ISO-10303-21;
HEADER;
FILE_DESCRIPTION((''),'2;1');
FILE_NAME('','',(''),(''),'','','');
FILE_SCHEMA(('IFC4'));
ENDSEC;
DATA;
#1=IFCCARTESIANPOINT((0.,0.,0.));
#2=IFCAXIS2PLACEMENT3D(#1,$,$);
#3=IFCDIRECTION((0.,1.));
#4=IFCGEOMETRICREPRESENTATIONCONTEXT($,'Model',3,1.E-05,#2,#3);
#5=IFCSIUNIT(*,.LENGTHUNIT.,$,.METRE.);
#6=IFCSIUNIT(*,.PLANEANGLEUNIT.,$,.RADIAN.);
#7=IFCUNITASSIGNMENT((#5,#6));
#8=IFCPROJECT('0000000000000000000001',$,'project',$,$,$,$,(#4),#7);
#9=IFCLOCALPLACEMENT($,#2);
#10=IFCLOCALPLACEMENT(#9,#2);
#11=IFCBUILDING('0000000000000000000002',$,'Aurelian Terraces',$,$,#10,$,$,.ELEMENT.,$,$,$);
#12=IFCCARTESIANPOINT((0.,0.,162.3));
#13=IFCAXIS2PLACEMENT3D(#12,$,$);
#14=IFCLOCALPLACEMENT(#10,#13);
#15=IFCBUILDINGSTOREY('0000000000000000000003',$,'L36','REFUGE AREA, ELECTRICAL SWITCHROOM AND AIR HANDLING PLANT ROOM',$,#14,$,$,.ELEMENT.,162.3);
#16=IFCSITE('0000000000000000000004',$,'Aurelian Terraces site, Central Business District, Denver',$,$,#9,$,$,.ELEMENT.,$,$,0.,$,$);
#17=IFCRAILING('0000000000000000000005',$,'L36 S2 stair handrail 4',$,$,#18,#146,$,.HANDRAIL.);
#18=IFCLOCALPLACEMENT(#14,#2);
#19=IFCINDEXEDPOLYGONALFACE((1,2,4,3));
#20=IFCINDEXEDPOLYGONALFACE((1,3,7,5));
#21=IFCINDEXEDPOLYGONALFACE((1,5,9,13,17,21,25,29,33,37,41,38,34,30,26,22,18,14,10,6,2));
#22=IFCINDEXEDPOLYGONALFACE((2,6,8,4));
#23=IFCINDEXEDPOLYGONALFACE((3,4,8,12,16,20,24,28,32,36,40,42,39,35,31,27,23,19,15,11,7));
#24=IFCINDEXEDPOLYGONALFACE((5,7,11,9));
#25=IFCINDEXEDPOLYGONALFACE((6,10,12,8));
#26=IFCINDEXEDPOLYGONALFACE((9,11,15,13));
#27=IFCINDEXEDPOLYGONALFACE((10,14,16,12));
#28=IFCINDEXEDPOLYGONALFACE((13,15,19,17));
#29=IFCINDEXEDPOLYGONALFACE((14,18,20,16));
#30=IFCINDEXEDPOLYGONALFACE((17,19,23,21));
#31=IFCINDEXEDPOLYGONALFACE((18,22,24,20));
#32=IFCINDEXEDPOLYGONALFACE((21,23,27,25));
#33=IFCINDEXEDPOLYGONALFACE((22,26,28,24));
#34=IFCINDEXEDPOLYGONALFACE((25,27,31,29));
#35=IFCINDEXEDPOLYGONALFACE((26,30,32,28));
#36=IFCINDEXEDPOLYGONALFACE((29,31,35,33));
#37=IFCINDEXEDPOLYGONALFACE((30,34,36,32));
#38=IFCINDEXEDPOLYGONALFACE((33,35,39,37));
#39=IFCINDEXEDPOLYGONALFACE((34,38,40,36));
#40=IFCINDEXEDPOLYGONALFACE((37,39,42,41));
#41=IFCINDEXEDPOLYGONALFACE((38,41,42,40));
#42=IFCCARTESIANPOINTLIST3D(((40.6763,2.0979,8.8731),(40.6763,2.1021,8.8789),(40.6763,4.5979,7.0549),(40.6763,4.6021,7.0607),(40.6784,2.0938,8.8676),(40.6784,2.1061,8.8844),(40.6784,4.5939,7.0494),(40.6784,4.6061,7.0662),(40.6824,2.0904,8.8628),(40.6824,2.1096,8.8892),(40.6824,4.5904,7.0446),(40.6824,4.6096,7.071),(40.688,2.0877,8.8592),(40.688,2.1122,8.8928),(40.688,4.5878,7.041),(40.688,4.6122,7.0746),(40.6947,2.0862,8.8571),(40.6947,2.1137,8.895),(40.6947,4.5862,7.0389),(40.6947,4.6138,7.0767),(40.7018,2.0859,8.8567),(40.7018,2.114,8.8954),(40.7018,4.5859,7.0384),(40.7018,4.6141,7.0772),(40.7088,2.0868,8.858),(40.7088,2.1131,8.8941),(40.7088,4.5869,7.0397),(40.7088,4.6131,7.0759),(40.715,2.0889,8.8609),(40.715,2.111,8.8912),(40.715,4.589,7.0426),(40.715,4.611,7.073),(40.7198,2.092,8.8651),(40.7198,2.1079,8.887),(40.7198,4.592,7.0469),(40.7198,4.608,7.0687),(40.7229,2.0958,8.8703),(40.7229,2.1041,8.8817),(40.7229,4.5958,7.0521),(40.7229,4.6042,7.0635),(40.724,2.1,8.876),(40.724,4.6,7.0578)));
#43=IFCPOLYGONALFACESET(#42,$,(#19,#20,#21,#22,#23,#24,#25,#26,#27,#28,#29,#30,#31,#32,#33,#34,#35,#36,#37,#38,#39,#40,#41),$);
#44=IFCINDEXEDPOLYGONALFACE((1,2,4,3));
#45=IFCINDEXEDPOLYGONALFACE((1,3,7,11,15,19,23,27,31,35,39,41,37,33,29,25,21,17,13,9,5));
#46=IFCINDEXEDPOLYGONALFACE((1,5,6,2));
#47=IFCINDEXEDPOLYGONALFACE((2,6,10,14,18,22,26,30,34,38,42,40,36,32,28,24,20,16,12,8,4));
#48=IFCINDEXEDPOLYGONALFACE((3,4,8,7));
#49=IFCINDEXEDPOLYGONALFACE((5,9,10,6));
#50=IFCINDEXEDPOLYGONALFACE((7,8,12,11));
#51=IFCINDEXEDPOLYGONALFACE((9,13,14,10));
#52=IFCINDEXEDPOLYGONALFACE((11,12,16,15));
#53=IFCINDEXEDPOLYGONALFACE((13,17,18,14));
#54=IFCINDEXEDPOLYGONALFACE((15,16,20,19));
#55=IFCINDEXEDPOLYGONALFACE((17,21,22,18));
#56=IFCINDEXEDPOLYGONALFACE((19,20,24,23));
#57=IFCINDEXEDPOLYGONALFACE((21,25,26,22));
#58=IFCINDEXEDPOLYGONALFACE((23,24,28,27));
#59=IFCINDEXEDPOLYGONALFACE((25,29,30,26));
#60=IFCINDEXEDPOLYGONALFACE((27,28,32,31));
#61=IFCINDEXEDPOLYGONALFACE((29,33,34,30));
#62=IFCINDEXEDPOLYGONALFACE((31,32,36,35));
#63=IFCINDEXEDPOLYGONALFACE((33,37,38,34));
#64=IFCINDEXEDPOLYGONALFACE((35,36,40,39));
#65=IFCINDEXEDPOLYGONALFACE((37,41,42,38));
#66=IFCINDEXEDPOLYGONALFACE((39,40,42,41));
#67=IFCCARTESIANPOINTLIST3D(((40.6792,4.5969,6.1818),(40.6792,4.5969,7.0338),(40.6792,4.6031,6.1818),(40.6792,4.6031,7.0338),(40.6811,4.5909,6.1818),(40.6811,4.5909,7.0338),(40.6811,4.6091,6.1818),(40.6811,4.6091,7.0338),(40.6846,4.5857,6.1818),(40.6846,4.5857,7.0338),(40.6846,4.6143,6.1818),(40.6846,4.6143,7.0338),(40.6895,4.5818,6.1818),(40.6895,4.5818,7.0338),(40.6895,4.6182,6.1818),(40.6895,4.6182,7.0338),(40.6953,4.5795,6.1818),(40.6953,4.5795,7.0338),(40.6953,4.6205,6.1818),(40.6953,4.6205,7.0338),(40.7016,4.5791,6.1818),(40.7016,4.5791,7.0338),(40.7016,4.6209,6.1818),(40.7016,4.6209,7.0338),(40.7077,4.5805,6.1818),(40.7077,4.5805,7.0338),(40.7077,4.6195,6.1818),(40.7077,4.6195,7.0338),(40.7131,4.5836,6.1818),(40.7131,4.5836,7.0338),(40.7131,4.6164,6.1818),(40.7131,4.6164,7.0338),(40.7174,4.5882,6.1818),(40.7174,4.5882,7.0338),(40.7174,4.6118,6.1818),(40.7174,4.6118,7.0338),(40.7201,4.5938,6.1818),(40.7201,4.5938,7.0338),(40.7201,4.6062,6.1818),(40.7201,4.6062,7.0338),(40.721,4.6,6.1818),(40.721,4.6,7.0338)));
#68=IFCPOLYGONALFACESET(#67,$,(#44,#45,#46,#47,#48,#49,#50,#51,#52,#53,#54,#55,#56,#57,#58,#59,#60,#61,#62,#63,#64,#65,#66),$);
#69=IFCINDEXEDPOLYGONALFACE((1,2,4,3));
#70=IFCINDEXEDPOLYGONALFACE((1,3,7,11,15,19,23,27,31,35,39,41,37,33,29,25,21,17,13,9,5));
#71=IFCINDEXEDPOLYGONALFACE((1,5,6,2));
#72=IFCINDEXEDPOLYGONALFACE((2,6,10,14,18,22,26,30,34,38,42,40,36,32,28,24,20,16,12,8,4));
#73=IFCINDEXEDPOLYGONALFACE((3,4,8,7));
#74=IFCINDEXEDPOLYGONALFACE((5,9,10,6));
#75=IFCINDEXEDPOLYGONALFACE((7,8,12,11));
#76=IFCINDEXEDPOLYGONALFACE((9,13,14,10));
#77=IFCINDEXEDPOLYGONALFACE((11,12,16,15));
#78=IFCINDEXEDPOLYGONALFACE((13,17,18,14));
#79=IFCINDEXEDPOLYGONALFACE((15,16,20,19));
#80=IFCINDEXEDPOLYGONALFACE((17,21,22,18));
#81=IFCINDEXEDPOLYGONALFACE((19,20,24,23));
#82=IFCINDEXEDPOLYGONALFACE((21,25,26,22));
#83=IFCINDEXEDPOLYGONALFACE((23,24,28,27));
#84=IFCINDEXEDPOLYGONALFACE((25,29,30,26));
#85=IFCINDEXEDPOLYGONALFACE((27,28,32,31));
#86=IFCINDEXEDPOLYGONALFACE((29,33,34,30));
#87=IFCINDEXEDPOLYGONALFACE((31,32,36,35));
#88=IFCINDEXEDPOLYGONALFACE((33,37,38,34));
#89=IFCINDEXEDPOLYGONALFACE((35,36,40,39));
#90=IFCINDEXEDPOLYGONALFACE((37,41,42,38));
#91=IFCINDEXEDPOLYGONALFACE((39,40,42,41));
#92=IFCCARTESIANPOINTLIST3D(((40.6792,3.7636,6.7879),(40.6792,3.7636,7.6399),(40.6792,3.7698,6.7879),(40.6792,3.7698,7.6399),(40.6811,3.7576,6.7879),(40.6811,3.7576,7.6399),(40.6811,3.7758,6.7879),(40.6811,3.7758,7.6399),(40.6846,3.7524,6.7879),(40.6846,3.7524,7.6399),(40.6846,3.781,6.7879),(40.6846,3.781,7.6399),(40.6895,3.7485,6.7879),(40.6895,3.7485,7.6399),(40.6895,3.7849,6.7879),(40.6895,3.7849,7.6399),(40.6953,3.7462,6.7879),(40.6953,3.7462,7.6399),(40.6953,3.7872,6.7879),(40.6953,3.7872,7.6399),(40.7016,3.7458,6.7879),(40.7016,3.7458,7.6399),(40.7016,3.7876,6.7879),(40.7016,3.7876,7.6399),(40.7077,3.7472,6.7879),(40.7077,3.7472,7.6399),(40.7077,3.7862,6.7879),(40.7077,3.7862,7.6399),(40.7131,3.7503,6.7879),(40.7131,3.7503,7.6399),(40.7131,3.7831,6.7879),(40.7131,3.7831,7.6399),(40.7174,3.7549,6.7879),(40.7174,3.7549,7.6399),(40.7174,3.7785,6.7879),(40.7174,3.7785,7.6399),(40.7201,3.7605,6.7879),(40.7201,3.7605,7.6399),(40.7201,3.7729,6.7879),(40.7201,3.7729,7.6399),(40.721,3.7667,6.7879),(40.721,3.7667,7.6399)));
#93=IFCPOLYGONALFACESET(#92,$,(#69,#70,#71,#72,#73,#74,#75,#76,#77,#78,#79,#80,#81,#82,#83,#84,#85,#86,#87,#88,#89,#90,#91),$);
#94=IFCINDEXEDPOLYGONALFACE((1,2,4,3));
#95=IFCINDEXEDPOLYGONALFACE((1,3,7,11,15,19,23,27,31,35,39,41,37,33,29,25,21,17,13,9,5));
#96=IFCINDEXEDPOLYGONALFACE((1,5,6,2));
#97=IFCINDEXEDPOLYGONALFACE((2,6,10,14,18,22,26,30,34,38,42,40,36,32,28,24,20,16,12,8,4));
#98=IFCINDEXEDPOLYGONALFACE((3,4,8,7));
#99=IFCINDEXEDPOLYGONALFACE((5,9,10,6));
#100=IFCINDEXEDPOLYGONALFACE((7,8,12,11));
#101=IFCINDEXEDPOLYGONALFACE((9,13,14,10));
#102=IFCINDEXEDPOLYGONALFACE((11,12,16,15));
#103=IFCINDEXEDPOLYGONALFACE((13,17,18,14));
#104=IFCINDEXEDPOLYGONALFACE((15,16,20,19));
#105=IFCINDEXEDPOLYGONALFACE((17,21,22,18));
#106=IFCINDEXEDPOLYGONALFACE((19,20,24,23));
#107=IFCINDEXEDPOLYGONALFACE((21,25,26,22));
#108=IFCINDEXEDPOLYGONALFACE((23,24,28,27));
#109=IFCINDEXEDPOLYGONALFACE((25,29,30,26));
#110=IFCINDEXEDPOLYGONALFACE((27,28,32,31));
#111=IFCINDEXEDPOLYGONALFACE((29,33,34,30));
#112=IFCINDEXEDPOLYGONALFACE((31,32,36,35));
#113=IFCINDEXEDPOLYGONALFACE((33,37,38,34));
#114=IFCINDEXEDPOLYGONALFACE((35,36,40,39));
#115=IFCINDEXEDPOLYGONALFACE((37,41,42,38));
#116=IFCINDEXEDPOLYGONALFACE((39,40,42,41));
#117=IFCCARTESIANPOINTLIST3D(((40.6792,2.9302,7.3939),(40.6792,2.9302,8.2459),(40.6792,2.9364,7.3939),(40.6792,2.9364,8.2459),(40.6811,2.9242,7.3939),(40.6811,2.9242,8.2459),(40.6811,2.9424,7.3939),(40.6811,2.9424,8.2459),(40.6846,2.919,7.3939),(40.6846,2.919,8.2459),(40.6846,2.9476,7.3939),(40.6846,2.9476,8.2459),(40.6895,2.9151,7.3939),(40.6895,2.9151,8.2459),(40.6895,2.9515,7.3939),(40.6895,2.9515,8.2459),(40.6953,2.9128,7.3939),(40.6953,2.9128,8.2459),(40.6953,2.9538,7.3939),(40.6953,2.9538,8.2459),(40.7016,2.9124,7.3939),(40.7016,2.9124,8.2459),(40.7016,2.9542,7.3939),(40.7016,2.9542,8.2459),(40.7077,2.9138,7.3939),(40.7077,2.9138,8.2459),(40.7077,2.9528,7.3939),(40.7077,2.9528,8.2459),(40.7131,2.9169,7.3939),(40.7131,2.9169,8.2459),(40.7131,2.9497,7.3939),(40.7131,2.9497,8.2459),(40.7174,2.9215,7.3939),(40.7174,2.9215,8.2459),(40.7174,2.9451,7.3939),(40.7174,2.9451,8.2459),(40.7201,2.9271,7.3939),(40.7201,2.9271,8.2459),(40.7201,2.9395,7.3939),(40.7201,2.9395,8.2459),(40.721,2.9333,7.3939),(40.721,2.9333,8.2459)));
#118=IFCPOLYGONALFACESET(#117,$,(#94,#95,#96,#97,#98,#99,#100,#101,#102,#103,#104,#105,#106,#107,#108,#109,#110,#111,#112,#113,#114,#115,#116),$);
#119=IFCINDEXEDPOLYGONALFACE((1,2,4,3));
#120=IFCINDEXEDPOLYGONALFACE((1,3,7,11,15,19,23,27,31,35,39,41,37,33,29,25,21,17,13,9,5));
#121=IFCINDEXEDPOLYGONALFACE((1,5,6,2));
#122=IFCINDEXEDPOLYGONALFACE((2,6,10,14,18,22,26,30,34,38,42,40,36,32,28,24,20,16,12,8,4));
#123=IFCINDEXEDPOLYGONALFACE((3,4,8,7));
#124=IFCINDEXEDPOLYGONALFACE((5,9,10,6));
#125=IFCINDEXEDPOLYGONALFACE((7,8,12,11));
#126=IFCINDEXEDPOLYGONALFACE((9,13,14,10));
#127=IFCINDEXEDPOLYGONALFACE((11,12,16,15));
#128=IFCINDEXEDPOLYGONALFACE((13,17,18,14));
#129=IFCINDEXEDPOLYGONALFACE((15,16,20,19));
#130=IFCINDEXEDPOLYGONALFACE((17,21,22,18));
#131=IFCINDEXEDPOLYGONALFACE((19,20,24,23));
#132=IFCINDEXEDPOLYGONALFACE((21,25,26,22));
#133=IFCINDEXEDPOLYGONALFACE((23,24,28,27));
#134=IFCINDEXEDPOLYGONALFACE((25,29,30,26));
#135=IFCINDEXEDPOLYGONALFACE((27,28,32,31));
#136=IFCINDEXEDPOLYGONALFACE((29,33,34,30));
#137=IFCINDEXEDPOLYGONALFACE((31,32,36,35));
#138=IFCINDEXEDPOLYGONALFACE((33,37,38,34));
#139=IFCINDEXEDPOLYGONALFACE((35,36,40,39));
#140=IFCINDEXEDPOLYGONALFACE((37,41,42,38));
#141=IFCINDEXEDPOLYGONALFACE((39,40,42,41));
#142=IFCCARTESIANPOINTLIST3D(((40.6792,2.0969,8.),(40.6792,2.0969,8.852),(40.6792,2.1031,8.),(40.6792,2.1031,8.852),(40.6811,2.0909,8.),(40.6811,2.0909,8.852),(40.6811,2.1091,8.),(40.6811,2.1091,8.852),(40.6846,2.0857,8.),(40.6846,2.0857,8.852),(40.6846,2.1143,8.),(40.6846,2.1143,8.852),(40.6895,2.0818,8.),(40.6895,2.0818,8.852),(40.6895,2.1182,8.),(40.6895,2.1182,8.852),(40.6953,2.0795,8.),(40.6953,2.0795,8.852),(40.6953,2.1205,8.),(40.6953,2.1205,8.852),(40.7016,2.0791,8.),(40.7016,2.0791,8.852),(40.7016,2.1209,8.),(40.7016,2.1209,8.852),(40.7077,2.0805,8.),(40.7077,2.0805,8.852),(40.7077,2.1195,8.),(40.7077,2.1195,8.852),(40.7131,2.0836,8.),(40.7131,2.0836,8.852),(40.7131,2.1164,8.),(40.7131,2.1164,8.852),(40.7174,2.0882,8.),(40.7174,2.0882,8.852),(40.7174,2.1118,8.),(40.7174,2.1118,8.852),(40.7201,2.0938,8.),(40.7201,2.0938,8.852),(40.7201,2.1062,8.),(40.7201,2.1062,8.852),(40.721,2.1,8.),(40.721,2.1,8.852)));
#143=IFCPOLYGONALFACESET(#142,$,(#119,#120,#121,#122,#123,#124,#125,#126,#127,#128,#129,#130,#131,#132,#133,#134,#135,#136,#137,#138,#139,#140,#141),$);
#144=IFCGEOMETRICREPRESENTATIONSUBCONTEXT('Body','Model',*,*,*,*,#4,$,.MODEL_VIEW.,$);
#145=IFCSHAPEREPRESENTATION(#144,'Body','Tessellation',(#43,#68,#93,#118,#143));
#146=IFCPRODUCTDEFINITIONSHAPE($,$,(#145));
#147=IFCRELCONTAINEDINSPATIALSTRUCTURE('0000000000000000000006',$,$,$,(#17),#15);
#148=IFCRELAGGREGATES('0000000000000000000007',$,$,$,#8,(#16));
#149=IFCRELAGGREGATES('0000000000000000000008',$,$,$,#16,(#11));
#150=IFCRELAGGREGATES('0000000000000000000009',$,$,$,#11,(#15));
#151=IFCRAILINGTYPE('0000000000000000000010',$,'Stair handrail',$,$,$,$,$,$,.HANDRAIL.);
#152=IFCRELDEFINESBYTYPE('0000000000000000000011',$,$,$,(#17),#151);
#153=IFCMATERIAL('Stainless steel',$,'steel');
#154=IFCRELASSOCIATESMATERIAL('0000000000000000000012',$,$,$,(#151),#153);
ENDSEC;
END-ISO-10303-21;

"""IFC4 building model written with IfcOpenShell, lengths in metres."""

from ifc_helpers import new_model, si_unit, direction, frame, origin, origin_2d, place, context, subcontext, project, spatial, circle, extrude, source, transform, mapped, material, type_object, element, save


model = new_model("IFC4")

# Units and contexts
model_context = context("Model", 3, precision=1e-05, world=origin(), true_north=direction((0.0, 1.0)))
body_context = subcontext(model_context, "Body", "Model", "MODEL_VIEW")
ifc_project = project(units=[si_unit("LENGTHUNIT", "METRE"), si_unit("PLANEANGLEUNIT", "RADIAN")], contexts=[model_context])

# Site, building, storey
site_placement = place(None, origin())
site = spatial("IfcSite", under=ifc_project, at=site_placement, Name="Aurelian Terraces site, Central Business District, Denver", CompositionType="ELEMENT", RefElevation=0.0)
building_placement = place(site_placement, origin())
building = spatial("IfcBuilding", under=site, at=building_placement, Name="Aurelian Terraces", CompositionType="ELEMENT")
storey_placement = place(building_placement, frame((0.0, 0.0, 162.3)))
storey = spatial("IfcBuildingStorey", under=building, at=storey_placement, Name="L36", Description="REFUGE AREA, ELECTRICAL SWITCHROOM AND AIR HANDLING PLANT ROOM", CompositionType="ELEMENT", Elevation=162.3)

# Railing
ifc_material_1 = material(Name="Stainless steel", Category="steel")
railing_type_1 = type_object("IfcRailingType", Name="Stair handrail", PredefinedType="HANDRAIL", material=ifc_material_1)
shared_shape_1 = source(origin(), body_context, "Body", "SweptSolid", [
    extrude(circle(Radius=0.024, at=origin_2d()), frame((0.0, 0.0, 0.876), z_axis=(0.0, -0.808733, 0.588176), x_axis=(1.0, 0.0, 0.0)), (0.0, 0.0, 1.0), 3.0913),
    extrude(circle(Radius=0.021, at=origin_2d()), origin(), (0.0, 0.0, 1.0), 0.852),
    extrude(circle(Radius=0.021, at=origin_2d()), frame((0.0, -0.8333, 0.6061)), (0.0, 0.0, 1.0), 0.852),
    extrude(circle(Radius=0.021, at=origin_2d()), frame((0.0, -1.6667, 1.2121)), (0.0, 0.0, 1.0), 0.852),
    extrude(circle(Radius=0.021, at=origin_2d()), frame((0.0, -2.5, 1.8182)), (0.0, 0.0, 1.0), 0.852),
])
for number, where, name in (
    (1, (40.7, 4.6, 6.1818), "L36 S2 stair handrail 4"),
):
    element("IfcRailing", number, at=place(storey_placement, frame(where)), inside=storey, type_object=railing_type_1, Name=name, PredefinedType="HANDRAIL", context=body_context, shape_type="MappedRepresentation", body=[
        mapped(shared_shape_1, transform((0.0, 0.0, 0.0), scale=1.0)),
    ])

save(model, "model.ifc")
